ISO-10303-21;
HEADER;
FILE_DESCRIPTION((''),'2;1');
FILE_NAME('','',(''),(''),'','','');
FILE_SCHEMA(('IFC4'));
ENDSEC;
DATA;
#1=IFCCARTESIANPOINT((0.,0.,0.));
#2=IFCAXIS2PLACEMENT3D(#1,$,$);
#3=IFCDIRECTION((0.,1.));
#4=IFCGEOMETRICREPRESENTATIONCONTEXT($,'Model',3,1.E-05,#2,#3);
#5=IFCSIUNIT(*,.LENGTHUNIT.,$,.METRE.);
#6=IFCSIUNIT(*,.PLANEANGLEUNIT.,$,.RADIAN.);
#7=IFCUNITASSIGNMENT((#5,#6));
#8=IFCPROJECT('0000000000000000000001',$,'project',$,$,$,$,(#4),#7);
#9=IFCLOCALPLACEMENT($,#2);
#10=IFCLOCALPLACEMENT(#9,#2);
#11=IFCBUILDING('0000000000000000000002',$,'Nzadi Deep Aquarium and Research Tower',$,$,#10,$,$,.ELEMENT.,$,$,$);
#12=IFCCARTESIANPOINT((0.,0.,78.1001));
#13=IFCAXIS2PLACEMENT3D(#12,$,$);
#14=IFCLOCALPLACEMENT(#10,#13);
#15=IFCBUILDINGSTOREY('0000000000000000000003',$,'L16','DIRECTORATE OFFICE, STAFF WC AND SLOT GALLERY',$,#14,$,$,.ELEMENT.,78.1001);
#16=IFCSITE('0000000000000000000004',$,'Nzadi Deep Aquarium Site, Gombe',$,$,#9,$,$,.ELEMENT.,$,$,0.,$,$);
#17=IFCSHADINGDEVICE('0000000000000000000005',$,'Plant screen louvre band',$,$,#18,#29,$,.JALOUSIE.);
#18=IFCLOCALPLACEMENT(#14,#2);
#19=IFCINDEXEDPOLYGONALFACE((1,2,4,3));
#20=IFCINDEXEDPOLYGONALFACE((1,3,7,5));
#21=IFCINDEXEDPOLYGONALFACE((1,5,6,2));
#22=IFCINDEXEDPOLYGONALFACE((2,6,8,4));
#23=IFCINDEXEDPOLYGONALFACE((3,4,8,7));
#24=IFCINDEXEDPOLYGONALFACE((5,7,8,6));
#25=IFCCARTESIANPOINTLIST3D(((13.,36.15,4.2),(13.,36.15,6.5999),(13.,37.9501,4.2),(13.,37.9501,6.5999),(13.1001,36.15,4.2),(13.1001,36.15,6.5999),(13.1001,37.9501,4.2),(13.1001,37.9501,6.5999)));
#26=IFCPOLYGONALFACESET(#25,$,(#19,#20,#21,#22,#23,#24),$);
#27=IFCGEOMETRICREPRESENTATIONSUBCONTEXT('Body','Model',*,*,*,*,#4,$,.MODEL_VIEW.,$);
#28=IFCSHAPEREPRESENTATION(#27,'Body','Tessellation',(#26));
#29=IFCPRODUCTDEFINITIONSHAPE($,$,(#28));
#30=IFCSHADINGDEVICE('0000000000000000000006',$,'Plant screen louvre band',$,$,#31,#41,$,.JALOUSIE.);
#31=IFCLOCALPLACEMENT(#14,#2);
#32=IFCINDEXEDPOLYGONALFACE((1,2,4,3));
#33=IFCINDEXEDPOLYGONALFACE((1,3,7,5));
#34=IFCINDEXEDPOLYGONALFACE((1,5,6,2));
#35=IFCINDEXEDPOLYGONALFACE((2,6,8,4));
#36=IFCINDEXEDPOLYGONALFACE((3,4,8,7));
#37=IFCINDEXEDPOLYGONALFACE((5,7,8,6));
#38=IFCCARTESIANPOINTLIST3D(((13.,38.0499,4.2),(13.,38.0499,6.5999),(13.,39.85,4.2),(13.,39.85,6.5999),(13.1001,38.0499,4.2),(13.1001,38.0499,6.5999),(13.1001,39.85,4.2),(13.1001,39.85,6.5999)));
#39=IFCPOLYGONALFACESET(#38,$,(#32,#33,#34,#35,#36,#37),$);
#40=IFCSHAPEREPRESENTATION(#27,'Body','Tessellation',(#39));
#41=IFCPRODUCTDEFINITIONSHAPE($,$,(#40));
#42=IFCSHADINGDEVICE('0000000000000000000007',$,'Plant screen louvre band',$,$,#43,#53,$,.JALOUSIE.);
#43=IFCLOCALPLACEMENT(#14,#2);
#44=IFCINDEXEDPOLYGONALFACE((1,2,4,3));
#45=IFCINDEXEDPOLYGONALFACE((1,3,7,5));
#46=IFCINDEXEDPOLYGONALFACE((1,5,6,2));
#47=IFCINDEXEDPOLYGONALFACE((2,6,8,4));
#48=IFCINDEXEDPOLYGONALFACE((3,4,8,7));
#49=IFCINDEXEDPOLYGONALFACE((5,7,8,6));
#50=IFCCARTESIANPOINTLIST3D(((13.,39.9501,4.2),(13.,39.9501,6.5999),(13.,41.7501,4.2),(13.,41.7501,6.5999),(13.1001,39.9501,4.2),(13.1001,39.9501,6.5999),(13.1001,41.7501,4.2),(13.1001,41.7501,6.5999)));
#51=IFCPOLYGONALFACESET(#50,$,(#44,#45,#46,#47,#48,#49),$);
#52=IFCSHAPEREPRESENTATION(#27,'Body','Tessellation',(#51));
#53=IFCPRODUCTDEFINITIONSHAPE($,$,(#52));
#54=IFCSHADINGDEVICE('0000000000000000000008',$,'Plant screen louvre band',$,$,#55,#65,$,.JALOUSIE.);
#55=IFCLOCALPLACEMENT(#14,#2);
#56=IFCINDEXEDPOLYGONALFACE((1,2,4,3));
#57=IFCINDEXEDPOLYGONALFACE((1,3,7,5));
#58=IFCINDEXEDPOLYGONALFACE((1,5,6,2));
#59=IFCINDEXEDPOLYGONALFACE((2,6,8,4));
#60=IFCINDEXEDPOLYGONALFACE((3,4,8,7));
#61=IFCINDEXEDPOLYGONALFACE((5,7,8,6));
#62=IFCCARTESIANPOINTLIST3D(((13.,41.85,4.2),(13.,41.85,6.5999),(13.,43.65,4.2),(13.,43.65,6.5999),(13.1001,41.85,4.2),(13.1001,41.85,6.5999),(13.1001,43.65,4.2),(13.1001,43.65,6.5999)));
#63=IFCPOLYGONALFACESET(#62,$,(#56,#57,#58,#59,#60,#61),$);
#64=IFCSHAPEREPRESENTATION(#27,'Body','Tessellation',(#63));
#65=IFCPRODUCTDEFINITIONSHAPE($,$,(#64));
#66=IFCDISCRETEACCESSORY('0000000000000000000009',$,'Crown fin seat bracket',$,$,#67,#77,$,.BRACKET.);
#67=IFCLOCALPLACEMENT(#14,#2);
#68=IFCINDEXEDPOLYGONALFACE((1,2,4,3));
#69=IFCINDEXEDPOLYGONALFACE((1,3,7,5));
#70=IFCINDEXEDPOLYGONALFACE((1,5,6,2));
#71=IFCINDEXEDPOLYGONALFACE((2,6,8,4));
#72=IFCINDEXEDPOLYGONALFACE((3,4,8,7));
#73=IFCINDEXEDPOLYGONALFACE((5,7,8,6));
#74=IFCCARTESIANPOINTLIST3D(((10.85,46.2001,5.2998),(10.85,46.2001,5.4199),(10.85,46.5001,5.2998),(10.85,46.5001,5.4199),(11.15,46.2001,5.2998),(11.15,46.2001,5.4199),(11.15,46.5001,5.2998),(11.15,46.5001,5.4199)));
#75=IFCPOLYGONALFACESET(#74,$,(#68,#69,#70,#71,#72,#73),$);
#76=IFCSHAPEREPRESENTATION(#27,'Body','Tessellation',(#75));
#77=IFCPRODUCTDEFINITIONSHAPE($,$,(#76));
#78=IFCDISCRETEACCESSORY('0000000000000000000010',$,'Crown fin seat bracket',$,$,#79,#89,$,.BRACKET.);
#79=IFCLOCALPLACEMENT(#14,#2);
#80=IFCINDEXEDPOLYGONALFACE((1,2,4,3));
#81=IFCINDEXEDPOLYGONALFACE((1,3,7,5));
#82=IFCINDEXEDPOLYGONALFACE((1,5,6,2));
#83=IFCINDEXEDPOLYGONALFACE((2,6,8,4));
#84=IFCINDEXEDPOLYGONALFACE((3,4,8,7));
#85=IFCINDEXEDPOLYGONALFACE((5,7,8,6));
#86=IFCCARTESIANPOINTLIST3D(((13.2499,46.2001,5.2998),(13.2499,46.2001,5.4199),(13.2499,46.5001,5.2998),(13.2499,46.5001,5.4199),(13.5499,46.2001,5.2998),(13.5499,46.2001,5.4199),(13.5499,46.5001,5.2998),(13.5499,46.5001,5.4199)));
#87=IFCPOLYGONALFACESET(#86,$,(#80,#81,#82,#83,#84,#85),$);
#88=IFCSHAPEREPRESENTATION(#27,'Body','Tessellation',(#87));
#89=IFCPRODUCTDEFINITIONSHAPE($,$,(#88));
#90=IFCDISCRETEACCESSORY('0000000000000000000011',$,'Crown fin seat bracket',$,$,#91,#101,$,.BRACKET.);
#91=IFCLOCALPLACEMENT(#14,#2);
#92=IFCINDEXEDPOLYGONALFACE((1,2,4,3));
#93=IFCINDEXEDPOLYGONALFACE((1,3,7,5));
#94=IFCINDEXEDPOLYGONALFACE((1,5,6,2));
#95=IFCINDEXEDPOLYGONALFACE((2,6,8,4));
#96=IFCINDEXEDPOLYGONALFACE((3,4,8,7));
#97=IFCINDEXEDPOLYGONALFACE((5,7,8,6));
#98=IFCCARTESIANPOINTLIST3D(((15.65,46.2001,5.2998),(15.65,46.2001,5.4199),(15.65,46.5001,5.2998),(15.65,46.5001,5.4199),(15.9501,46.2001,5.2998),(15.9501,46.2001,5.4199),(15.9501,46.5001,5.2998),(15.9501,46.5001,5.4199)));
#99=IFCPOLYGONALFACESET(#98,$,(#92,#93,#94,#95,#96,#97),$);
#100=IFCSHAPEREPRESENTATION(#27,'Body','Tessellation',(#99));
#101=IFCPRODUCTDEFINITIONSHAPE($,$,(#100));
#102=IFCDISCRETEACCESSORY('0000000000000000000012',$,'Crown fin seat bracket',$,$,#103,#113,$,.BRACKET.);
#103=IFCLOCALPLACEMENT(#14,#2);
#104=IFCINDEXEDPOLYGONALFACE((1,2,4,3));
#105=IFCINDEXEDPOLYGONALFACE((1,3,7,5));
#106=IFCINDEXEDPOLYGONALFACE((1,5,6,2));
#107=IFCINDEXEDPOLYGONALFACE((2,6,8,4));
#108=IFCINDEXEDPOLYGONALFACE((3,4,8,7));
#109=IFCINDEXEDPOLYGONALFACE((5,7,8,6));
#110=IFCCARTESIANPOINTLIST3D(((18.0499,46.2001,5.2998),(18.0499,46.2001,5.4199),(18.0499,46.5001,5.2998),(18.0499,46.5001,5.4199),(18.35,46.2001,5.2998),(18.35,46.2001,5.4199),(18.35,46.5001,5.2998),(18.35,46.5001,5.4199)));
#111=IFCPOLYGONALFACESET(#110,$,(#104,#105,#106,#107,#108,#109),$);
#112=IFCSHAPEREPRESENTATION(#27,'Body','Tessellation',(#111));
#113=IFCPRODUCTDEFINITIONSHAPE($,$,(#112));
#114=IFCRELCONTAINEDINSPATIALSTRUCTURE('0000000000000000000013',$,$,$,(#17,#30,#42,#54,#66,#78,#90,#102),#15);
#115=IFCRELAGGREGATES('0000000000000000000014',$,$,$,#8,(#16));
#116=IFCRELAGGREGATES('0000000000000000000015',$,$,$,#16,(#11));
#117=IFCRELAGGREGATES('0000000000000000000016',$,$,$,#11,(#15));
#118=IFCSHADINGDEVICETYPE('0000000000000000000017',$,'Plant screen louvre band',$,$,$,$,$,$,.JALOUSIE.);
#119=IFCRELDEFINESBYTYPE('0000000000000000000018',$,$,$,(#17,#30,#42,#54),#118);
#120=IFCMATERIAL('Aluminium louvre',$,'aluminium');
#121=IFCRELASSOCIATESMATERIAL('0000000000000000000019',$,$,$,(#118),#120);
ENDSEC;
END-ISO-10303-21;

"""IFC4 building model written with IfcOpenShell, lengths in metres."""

from ifc_helpers import new_model, si_unit, direction, frame, origin, origin_2d, place, context, subcontext, project, spatial, rectangle, extrude, material, type_object, element, save


model = new_model("IFC4")

# Units and contexts
model_context = context("Model", 3, precision=1e-05, world=origin(), true_north=direction((0.0, 1.0)))
body_context = subcontext(model_context, "Body", "Model", "MODEL_VIEW")
ifc_project = project(units=[si_unit("LENGTHUNIT", "METRE"), si_unit("PLANEANGLEUNIT", "RADIAN")], contexts=[model_context])

# Site, building, storey
site_placement = place(None, origin())
site = spatial("IfcSite", under=ifc_project, at=site_placement, Name="Nzadi Deep Aquarium Site, Gombe", CompositionType="ELEMENT", RefElevation=0.0)
building_placement = place(site_placement, origin())
building = spatial("IfcBuilding", under=site, at=building_placement, Name="Nzadi Deep Aquarium and Research Tower", CompositionType="ELEMENT")
storey_placement = place(building_placement, frame((0.0, 0.0, 78.1001)))
storey = spatial("IfcBuildingStorey", under=building, at=storey_placement, Name="L16", Description="DIRECTORATE OFFICE, STAFF WC AND SLOT GALLERY", CompositionType="ELEMENT", Elevation=78.1001)

# Shading devices
ifc_material_1 = material(Name="Aluminium louvre", Category="aluminium")
shading_device_type = type_object("IfcShadingDeviceType", Name="Plant screen louvre band", PredefinedType="JALOUSIE", material=ifc_material_1)
for number, where, z_axis, x_axis, name in (
    (1, (13.05, 37.05, 4.2), (0.0, 0.0, 1.0), (1.0, 0.0, 0.0), "Plant screen louvre band"),
    (2, (13.05, 38.95, 4.2), (0.0, 0.0, 1.0), (1.0, 0.0, 0.0), "Plant screen louvre band"),
    (3, (13.05, 40.8501, 4.2), (0.0, 0.0, 1.0), (1.0, 0.0, 0.0), "Plant screen louvre band"),
    (4, (13.05, 42.75, 4.2), (0.0, 0.0, 1.0), (1.0, 0.0, 0.0), "Plant screen louvre band"),
):
    element("IfcShadingDevice", number, at=place(storey_placement, frame(where, z_axis=z_axis, x_axis=x_axis)), inside=storey, type_object=shading_device_type, Name=name, PredefinedType="JALOUSIE", context=body_context, shape_type="SweptSolid", body=[
        extrude(rectangle(XDim=0.1001, YDim=1.8, at=origin_2d()), origin(), (0.0, 0.0, 1.0), 2.3999),
    ])

# Discrete accessories
for number, where, z_axis, x_axis, name in (
    (5, (11.0, 46.3501, 5.2998), (0.0, 0.0, 1.0), (1.0, 0.0, 0.0), "Crown fin seat bracket"),
    (6, (13.3999, 46.3501, 5.2998), (0.0, 0.0, 1.0), (1.0, 0.0, 0.0), "Crown fin seat bracket"),
    (7, (15.8, 46.3501, 5.2998), (0.0, 0.0, 1.0), (1.0, 0.0, 0.0), "Crown fin seat bracket"),
    (8, (18.2, 46.3501, 5.2998), (0.0, 0.0, 1.0), (1.0, 0.0, 0.0), "Crown fin seat bracket"),
):
    element("IfcDiscreteAccessory", number, at=place(storey_placement, frame(where, z_axis=z_axis, x_axis=x_axis)), inside=storey, Name=name, PredefinedType="BRACKET", context=body_context, shape_type="SweptSolid", body=[
        extrude(rectangle(XDim=0.3, YDim=0.3, at=origin_2d()), origin(), (0.0, 0.0, 1.0), 0.1201),
    ])

save(model, "model.ifc")
